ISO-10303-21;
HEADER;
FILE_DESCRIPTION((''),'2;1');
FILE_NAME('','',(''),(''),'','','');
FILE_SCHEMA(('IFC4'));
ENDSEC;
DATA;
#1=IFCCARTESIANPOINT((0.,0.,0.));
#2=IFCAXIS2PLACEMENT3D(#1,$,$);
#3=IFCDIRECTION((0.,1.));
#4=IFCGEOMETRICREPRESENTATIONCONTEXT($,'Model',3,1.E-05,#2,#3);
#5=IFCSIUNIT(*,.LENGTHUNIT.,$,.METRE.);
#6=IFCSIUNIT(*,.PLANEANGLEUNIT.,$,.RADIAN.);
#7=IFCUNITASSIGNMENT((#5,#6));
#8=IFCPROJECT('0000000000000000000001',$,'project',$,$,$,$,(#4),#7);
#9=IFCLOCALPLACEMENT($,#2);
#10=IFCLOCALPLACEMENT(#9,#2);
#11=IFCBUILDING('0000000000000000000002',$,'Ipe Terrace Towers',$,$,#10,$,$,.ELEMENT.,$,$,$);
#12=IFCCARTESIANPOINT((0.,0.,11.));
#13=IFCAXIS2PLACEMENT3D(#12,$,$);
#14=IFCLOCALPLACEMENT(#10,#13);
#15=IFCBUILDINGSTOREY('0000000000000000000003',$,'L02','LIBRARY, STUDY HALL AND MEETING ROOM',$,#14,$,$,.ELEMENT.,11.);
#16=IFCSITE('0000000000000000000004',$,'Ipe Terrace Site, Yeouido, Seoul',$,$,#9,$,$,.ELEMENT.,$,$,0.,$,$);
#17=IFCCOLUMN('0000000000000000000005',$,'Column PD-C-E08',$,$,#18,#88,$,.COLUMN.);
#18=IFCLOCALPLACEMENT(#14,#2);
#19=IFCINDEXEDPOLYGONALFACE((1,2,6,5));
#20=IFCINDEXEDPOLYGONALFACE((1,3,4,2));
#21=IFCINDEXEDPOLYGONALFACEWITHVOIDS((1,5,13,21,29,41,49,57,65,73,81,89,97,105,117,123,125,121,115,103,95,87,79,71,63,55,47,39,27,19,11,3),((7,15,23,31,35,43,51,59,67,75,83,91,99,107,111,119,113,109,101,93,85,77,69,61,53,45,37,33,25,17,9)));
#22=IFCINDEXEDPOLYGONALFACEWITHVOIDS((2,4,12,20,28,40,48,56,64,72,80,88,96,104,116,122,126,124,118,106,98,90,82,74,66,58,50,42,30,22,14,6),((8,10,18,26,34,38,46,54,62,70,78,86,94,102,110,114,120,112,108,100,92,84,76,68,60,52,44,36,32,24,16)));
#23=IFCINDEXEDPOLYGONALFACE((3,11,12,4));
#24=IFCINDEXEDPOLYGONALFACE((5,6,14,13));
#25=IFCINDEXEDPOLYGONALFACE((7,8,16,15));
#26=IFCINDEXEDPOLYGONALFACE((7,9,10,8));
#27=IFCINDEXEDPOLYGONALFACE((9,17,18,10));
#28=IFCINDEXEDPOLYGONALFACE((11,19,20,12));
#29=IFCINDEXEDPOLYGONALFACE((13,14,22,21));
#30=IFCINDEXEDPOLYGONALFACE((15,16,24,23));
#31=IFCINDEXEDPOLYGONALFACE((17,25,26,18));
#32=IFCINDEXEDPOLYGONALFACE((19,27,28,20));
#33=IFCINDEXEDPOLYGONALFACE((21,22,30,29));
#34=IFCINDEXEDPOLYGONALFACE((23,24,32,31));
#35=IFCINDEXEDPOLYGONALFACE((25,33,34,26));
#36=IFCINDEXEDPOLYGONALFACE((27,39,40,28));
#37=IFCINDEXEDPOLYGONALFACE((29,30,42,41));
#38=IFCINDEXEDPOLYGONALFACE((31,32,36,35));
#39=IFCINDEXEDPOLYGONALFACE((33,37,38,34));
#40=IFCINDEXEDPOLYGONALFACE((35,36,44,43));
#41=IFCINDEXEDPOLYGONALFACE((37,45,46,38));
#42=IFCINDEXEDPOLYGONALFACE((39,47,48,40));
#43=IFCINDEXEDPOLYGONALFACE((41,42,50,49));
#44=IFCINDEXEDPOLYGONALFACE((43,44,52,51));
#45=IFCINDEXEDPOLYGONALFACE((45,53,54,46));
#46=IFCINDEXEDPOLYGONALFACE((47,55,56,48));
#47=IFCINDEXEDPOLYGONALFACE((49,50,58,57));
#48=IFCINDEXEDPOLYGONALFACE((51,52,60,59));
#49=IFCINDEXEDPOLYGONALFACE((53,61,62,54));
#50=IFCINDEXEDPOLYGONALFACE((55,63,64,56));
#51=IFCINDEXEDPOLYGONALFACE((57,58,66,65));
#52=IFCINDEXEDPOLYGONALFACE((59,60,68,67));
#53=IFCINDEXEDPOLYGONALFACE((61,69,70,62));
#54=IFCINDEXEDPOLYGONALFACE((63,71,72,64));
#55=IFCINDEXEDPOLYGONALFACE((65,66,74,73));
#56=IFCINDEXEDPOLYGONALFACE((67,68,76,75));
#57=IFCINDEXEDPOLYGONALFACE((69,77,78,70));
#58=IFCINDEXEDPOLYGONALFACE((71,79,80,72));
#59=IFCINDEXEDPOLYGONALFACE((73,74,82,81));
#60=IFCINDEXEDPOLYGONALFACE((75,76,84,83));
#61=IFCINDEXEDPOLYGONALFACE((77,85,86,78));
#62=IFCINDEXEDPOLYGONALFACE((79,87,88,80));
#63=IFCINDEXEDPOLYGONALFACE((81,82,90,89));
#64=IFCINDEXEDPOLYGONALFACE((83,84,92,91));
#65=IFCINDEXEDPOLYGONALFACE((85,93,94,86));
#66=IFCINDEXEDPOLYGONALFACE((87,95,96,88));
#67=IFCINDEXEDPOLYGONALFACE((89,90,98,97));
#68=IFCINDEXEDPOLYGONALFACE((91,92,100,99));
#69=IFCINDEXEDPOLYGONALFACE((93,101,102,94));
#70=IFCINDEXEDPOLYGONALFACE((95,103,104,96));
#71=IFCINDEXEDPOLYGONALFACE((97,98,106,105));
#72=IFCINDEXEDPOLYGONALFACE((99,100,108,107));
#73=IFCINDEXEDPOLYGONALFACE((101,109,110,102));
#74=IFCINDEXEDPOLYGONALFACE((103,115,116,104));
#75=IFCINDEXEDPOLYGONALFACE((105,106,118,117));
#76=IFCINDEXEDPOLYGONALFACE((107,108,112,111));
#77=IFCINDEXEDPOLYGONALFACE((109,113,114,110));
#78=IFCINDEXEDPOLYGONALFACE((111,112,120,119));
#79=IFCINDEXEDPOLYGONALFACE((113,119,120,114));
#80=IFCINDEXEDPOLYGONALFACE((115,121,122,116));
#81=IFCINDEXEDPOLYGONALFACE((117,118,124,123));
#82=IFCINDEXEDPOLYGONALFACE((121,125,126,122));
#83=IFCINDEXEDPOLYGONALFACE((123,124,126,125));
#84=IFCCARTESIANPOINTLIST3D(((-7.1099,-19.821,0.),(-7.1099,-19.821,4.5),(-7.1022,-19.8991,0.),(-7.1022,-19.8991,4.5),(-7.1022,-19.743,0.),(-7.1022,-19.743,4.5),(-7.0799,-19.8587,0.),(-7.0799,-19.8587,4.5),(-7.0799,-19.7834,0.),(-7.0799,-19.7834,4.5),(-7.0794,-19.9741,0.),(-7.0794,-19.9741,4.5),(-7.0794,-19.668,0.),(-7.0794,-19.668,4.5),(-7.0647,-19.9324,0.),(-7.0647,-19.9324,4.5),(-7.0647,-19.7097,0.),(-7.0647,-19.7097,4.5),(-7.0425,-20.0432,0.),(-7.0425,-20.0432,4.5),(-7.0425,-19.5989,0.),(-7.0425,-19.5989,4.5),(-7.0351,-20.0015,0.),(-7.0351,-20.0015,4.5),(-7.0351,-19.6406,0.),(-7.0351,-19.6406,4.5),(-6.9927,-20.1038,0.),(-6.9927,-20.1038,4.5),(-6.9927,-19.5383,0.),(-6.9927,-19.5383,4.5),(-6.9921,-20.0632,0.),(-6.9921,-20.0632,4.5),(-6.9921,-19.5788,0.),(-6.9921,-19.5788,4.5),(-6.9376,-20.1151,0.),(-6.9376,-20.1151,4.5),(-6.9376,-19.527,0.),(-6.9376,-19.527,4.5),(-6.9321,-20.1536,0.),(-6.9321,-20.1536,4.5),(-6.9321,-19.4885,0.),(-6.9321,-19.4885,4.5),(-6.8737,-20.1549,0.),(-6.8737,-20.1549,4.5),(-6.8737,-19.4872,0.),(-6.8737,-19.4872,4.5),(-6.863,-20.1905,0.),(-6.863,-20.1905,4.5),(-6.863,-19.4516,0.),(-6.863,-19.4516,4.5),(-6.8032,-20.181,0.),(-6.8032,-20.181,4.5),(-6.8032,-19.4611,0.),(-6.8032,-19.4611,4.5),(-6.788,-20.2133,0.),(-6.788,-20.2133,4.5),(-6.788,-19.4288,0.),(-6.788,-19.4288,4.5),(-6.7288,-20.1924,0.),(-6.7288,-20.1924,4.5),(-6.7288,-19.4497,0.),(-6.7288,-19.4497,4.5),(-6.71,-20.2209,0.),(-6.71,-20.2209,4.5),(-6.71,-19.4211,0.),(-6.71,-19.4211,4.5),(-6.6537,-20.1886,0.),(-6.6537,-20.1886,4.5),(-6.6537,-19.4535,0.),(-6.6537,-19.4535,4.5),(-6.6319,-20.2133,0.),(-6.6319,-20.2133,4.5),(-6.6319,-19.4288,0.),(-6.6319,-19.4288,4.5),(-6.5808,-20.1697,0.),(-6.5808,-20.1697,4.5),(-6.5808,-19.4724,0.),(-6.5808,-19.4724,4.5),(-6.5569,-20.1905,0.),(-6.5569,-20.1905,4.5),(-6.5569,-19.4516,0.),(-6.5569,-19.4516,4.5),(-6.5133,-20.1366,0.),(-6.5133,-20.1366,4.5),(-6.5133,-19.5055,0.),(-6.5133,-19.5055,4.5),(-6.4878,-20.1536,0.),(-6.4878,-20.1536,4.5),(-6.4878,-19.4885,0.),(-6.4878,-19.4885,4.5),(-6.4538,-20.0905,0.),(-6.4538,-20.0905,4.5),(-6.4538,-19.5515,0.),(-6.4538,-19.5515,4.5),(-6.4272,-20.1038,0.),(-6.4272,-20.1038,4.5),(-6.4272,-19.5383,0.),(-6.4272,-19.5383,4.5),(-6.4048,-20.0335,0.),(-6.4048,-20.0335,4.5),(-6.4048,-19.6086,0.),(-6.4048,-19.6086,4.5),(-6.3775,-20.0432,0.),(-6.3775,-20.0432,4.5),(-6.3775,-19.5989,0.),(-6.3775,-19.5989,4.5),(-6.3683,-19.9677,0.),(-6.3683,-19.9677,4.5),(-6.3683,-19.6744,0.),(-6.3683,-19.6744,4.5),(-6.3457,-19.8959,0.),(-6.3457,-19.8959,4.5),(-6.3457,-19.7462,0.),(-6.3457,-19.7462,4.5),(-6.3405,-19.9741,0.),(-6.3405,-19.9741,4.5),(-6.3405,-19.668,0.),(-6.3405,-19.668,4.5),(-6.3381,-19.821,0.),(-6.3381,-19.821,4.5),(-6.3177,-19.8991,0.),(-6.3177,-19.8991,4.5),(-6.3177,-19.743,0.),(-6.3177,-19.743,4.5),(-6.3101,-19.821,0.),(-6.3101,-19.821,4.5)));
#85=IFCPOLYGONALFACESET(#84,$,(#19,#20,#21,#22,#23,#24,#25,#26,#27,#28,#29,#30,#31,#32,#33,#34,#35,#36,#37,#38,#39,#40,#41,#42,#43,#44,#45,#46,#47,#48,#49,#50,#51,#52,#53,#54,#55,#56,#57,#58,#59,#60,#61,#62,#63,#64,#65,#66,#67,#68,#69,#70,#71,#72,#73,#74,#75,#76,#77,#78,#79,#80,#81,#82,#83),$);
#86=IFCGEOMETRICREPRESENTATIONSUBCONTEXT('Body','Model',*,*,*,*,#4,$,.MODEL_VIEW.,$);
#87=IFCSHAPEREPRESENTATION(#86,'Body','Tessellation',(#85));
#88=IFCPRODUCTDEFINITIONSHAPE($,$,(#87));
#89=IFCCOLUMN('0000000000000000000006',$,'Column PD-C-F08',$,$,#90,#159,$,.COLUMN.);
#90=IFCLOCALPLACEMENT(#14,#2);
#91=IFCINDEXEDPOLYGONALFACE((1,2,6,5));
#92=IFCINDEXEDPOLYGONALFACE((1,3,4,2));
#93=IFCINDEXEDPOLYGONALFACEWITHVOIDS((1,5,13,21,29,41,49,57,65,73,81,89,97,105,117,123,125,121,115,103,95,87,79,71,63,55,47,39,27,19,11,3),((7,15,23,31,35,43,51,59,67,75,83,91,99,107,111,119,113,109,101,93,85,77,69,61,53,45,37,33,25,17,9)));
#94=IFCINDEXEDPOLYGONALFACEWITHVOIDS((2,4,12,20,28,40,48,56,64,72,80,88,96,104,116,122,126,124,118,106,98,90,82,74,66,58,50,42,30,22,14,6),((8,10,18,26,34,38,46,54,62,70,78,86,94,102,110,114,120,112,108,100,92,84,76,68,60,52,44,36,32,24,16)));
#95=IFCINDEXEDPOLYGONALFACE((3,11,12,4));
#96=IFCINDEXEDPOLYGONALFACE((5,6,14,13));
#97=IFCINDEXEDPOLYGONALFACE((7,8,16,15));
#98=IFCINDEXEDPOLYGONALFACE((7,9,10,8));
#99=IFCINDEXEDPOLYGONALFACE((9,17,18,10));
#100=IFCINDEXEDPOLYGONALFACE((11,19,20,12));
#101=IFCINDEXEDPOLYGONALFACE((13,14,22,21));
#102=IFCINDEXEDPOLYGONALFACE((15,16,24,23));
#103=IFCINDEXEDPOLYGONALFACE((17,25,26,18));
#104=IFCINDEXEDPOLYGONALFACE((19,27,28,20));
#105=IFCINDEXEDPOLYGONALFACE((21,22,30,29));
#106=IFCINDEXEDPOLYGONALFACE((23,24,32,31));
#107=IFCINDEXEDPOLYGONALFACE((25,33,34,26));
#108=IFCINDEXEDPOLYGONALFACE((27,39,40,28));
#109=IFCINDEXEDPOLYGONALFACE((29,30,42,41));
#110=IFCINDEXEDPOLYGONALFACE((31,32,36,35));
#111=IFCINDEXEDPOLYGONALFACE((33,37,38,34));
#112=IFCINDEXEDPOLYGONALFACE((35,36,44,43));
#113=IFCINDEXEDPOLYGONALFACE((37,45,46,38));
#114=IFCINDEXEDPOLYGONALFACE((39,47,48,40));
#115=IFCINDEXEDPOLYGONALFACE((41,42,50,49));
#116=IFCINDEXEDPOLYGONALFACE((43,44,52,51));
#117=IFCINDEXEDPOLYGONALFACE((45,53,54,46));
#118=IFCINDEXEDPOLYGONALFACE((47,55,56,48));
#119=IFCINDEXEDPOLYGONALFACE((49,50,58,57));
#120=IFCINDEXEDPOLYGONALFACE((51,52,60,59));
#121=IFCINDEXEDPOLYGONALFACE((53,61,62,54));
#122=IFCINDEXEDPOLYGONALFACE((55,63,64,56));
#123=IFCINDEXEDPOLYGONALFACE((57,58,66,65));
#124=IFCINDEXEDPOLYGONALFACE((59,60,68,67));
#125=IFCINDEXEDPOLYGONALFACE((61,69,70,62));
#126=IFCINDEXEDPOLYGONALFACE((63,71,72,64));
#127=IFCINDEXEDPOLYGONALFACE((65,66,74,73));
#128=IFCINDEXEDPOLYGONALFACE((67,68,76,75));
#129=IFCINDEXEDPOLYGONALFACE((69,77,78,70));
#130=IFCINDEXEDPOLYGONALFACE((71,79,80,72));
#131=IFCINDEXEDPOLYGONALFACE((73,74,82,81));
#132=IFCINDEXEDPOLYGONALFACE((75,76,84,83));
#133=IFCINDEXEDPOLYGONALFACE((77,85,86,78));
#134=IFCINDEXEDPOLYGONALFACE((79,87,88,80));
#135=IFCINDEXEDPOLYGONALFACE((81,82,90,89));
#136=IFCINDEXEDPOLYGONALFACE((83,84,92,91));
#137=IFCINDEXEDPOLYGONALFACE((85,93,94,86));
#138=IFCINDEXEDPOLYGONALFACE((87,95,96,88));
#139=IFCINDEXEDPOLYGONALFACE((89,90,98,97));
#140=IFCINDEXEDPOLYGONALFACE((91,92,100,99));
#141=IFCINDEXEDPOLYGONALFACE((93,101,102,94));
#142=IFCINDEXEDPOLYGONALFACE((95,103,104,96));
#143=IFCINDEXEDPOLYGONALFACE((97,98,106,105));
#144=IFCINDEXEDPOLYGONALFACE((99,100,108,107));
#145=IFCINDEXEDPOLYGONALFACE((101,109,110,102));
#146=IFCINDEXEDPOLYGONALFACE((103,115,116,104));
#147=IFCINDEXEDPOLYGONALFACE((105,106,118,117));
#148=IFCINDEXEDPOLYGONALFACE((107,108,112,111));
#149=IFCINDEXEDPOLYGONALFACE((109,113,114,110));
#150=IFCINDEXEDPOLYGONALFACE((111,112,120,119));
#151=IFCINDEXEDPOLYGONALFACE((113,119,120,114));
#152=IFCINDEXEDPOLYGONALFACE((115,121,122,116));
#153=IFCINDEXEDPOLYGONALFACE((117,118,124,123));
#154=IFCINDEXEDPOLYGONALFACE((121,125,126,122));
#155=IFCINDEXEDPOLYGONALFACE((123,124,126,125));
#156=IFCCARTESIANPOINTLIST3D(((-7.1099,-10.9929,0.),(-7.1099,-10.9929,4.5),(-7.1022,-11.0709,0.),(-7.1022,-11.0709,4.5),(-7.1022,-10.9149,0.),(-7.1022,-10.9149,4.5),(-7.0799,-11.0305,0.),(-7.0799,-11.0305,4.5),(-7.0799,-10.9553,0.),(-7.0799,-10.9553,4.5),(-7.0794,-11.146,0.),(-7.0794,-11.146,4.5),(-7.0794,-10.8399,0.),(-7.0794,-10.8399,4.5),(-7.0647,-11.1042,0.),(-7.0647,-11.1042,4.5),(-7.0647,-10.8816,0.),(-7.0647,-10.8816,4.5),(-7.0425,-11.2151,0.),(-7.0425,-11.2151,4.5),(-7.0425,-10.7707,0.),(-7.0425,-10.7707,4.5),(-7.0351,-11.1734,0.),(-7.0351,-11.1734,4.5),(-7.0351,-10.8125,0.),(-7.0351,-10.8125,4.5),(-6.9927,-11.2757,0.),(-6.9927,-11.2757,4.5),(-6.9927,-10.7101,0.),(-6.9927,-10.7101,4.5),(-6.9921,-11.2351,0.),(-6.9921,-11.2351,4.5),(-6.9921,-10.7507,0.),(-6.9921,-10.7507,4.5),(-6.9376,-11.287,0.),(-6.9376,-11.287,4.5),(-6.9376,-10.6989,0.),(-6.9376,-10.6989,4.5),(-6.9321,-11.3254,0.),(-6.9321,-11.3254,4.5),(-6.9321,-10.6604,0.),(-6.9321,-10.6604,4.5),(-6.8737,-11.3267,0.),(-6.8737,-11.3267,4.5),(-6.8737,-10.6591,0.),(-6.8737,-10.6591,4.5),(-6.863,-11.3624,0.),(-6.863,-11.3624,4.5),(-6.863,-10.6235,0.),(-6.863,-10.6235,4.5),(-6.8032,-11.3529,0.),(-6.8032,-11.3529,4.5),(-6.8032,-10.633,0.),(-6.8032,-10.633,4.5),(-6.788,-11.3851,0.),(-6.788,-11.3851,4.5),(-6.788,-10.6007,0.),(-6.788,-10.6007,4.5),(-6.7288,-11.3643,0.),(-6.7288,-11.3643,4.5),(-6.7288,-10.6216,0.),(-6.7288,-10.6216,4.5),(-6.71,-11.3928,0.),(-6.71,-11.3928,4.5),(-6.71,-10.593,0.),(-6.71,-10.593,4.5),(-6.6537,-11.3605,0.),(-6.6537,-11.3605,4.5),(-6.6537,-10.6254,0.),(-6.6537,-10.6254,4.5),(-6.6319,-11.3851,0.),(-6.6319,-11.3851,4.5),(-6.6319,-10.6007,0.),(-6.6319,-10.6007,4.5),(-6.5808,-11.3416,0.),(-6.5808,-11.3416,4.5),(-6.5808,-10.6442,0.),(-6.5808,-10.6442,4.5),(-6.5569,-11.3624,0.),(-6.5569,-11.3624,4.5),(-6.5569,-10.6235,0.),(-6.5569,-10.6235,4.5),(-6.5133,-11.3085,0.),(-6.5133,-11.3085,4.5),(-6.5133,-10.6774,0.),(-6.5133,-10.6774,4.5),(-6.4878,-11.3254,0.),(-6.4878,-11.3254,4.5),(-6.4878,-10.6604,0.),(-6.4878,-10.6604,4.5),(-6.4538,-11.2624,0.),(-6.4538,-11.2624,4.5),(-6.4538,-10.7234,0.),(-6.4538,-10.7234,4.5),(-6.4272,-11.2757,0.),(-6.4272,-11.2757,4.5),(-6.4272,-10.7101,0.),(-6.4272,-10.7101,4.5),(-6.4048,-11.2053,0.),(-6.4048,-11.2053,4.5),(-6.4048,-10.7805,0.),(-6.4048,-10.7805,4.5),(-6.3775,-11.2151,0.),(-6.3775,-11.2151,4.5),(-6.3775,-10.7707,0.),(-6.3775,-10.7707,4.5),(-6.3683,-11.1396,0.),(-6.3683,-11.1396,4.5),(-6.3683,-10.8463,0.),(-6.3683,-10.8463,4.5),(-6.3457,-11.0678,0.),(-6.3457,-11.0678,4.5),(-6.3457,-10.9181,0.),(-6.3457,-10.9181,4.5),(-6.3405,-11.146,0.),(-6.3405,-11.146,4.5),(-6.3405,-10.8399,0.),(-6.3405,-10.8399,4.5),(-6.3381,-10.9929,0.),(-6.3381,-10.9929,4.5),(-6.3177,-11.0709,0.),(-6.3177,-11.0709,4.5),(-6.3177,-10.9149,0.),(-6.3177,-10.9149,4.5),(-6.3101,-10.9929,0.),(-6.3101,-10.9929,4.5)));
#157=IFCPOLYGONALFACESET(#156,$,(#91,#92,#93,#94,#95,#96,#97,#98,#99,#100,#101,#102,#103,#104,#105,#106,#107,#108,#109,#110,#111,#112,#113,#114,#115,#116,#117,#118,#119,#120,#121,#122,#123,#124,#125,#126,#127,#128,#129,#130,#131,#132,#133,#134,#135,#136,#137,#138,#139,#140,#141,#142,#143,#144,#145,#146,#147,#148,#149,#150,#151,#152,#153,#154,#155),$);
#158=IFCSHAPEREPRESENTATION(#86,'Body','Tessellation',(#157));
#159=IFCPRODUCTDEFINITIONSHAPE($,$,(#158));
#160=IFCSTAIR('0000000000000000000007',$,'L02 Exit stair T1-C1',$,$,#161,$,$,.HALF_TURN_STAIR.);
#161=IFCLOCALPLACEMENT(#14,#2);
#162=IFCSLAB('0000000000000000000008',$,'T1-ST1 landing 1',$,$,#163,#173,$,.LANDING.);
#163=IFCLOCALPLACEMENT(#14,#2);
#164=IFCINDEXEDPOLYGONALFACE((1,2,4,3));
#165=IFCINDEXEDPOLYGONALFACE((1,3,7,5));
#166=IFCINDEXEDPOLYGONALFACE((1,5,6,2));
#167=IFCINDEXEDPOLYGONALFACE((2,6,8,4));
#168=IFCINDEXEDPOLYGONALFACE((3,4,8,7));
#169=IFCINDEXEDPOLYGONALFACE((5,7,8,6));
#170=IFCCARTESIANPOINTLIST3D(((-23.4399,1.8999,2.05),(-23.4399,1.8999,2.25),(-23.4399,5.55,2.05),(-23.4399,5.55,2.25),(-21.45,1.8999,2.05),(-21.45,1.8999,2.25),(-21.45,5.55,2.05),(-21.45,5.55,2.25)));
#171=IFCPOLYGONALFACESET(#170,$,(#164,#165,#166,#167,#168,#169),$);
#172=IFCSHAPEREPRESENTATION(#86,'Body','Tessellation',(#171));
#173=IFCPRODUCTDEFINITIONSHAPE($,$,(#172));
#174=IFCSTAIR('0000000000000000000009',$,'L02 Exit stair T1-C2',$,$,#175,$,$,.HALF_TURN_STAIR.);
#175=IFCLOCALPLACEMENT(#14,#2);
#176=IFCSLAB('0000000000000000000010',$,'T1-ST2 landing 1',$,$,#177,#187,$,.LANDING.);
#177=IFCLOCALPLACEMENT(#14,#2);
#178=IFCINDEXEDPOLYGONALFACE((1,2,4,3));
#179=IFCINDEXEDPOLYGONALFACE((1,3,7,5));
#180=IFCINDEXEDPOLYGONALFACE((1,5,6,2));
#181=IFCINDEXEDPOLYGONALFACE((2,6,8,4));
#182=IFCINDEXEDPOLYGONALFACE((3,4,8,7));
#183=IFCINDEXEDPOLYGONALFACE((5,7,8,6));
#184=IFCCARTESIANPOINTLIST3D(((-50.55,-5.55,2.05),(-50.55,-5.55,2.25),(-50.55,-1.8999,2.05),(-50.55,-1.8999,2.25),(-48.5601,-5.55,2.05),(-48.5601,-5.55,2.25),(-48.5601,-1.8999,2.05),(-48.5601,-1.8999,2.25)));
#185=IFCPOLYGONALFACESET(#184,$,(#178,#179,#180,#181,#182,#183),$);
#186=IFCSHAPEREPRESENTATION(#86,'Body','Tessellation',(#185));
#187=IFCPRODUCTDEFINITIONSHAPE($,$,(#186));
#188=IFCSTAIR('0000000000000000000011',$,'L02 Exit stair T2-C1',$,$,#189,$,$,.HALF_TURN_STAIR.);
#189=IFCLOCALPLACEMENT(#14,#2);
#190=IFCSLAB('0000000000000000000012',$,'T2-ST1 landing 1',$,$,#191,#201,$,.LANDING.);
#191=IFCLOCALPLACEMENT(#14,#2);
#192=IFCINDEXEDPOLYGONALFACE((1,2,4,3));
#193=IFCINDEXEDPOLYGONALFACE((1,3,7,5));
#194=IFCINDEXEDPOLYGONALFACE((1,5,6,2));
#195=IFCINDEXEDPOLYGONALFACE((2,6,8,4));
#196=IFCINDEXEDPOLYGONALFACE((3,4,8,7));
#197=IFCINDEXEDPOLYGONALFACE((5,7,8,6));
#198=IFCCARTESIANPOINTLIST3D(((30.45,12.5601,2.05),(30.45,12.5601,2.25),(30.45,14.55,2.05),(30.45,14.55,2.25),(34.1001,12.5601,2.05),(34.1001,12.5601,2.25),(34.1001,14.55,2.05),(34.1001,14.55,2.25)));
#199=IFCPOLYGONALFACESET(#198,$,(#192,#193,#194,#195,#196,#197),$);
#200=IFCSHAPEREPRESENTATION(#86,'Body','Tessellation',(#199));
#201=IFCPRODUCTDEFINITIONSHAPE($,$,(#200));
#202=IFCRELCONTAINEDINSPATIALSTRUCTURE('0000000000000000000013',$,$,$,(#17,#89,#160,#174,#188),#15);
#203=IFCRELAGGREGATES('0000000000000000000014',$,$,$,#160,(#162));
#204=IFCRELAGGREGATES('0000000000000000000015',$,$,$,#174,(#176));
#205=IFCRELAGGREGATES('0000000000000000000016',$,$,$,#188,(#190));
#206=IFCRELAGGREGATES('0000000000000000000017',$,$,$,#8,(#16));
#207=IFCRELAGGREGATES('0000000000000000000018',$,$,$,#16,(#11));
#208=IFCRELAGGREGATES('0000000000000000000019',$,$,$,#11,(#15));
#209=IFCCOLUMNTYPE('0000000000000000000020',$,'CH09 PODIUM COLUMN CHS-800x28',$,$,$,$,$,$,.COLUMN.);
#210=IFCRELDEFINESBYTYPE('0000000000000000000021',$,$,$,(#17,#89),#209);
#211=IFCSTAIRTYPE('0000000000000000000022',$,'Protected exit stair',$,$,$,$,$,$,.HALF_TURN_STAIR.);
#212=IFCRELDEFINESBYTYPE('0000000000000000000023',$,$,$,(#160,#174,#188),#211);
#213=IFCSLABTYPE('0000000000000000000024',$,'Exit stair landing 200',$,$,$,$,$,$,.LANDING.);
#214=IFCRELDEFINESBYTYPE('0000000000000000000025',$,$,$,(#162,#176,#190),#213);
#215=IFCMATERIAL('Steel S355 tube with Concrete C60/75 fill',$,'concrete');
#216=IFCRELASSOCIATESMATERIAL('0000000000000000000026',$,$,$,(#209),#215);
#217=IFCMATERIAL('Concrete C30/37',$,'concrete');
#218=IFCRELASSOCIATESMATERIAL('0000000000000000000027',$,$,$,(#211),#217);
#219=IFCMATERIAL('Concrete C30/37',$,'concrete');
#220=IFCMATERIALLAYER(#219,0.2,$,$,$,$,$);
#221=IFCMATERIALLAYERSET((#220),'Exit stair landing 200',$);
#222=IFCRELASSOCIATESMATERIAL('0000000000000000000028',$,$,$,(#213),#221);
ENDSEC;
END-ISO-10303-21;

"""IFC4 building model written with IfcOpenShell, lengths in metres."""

from ifc_helpers import new_model, si_unit, direction, frame, origin, origin_2d, place, context, subcontext, project, spatial, polyline, hollow_circle, outline, extrude, material, layer, layer_set, material_profile, profile_set, type_object, element, aggregate, save


model = new_model("IFC4")

# Units and contexts
model_context = context("Model", 3, precision=1e-05, world=origin(), true_north=direction((0.0, 1.0)))
body_context = subcontext(model_context, "Body", "Model", "MODEL_VIEW")
ifc_project = project(units=[si_unit("LENGTHUNIT", "METRE"), si_unit("PLANEANGLEUNIT", "RADIAN")], contexts=[model_context])

# Site, building, storey
site_placement = place(None, origin())
site = spatial("IfcSite", under=ifc_project, at=site_placement, Name="Ipe Terrace Site, Yeouido, Seoul", CompositionType="ELEMENT", RefElevation=0.0)
building_placement = place(site_placement, origin())
building = spatial("IfcBuilding", under=site, at=building_placement, Name="Ipe Terrace Towers", CompositionType="ELEMENT")
storey_placement = place(building_placement, frame((0.0, 0.0, 11.0)))
storey = spatial("IfcBuildingStorey", under=building, at=storey_placement, Name="L02", Description="LIBRARY, STUDY HALL AND MEETING ROOM", CompositionType="ELEMENT", Elevation=11.0)

# Columns
ifc_material_1 = material(Name="Steel S355 tube with Concrete C60/75 fill", Category="concrete")
ifc_material_profile_1 = material_profile(ifc_material_1, hollow_circle(Radius=0.3999, WallThickness=0.0281, at=origin_2d()), Name="CHS-800x28")
ifc_profile_set_1 = profile_set([ifc_material_profile_1], Name="Steel S355 tube with Concrete C60/75 fill")
column_type_1 = type_object("IfcColumnType", Name="CH09 PODIUM COLUMN CHS-800x28", PredefinedType="COLUMN", material=ifc_profile_set_1)
for number, where, z_axis, x_axis, name in (
    (1, (-6.71, -19.821, 0.0), (0.0, 0.0, 1.0), (1.0, 0.0, 0.0), "Column PD-C-E08"),
    (2, (-6.71, -10.9929, 0.0), (0.0, 0.0, 1.0), (1.0, 0.0, 0.0), "Column PD-C-F08"),
):
    element("IfcColumn", number, at=place(storey_placement, frame(where, z_axis=z_axis, x_axis=x_axis)), inside=storey, type_object=column_type_1, Name=name, PredefinedType="COLUMN", context=body_context, shape_type="SweptSolid", body=[
        extrude(hollow_circle(Radius=0.3999, WallThickness=0.0281, at=origin_2d()), origin(), (0.0, 0.0, 1.0), 4.5),
    ])

# Stairs, slabs
ifc_material_2 = material(Name="Concrete C30/37", Category="concrete")
stair_type = type_object("IfcStairType", Name="Protected exit stair", PredefinedType="HALF_TURN_STAIR", material=ifc_material_2)
stair_1_placement = place(storey_placement, origin())
stair_1 = element("IfcStair", 3, at=stair_1_placement, inside=storey, type_object=stair_type, Name="L02 Exit stair T1-C1", PredefinedType="HALF_TURN_STAIR")
ifc_material_3 = material(Name="Concrete C30/37", Category="concrete")
ifc_layer_1 = layer(ifc_material_3, 0.2)
ifc_layer_set_1 = layer_set([ifc_layer_1], Name="Exit stair landing 200")
slab_type_1 = type_object("IfcSlabType", Name="Exit stair landing 200", PredefinedType="LANDING", material=ifc_layer_set_1)
slab_1_placement = place(storey_placement, frame((0.0, 0.0, 2.05)))
slab_1 = element("IfcSlab", 4, at=slab_1_placement, type_object=slab_type_1, Name="T1-ST1 landing 1", PredefinedType="LANDING", context=body_context, shape_type="SweptSolid", body=[
    extrude(outline(polyline([(-23.4399, 1.8999), (-21.45, 1.8999), (-21.45, 5.55), (-23.4399, 5.55), (-23.4399, 1.8999)])), origin(), (0.0, 0.0, 1.0), 0.2),
])
aggregate(stair_1, [slab_1])
stair_2_placement = place(storey_placement, origin())
stair_2 = element("IfcStair", 5, at=stair_2_placement, inside=storey, type_object=stair_type, Name="L02 Exit stair T1-C2", PredefinedType="HALF_TURN_STAIR")
slab_2_placement = place(storey_placement, frame((0.0, 0.0, 2.05)))
slab_2 = element("IfcSlab", 6, at=slab_2_placement, type_object=slab_type_1, Name="T1-ST2 landing 1", PredefinedType="LANDING", context=body_context, shape_type="SweptSolid", body=[
    extrude(outline(polyline([(-48.5601, -1.8999), (-50.55, -1.8999), (-50.55, -5.55), (-48.5601, -5.55), (-48.5601, -1.8999)])), origin(), (0.0, 0.0, 1.0), 0.2),
])
aggregate(stair_2, [slab_2])
stair_3_placement = place(storey_placement, origin())
stair_3 = element("IfcStair", 7, at=stair_3_placement, inside=storey, type_object=stair_type, Name="L02 Exit stair T2-C1", PredefinedType="HALF_TURN_STAIR")
slab_3_placement = place(storey_placement, frame((0.0, 0.0, 2.05)))
slab_3 = element("IfcSlab", 8, at=slab_3_placement, type_object=slab_type_1, Name="T2-ST1 landing 1", PredefinedType="LANDING", context=body_context, shape_type="SweptSolid", body=[
    extrude(outline(polyline([(34.1001, 12.5601), (34.1001, 14.55), (30.45, 14.55), (30.45, 12.5601), (34.1001, 12.5601)])), origin(), (0.0, 0.0, 1.0), 0.2),
])
aggregate(stair_3, [slab_3])

save(model, "model.ifc")
